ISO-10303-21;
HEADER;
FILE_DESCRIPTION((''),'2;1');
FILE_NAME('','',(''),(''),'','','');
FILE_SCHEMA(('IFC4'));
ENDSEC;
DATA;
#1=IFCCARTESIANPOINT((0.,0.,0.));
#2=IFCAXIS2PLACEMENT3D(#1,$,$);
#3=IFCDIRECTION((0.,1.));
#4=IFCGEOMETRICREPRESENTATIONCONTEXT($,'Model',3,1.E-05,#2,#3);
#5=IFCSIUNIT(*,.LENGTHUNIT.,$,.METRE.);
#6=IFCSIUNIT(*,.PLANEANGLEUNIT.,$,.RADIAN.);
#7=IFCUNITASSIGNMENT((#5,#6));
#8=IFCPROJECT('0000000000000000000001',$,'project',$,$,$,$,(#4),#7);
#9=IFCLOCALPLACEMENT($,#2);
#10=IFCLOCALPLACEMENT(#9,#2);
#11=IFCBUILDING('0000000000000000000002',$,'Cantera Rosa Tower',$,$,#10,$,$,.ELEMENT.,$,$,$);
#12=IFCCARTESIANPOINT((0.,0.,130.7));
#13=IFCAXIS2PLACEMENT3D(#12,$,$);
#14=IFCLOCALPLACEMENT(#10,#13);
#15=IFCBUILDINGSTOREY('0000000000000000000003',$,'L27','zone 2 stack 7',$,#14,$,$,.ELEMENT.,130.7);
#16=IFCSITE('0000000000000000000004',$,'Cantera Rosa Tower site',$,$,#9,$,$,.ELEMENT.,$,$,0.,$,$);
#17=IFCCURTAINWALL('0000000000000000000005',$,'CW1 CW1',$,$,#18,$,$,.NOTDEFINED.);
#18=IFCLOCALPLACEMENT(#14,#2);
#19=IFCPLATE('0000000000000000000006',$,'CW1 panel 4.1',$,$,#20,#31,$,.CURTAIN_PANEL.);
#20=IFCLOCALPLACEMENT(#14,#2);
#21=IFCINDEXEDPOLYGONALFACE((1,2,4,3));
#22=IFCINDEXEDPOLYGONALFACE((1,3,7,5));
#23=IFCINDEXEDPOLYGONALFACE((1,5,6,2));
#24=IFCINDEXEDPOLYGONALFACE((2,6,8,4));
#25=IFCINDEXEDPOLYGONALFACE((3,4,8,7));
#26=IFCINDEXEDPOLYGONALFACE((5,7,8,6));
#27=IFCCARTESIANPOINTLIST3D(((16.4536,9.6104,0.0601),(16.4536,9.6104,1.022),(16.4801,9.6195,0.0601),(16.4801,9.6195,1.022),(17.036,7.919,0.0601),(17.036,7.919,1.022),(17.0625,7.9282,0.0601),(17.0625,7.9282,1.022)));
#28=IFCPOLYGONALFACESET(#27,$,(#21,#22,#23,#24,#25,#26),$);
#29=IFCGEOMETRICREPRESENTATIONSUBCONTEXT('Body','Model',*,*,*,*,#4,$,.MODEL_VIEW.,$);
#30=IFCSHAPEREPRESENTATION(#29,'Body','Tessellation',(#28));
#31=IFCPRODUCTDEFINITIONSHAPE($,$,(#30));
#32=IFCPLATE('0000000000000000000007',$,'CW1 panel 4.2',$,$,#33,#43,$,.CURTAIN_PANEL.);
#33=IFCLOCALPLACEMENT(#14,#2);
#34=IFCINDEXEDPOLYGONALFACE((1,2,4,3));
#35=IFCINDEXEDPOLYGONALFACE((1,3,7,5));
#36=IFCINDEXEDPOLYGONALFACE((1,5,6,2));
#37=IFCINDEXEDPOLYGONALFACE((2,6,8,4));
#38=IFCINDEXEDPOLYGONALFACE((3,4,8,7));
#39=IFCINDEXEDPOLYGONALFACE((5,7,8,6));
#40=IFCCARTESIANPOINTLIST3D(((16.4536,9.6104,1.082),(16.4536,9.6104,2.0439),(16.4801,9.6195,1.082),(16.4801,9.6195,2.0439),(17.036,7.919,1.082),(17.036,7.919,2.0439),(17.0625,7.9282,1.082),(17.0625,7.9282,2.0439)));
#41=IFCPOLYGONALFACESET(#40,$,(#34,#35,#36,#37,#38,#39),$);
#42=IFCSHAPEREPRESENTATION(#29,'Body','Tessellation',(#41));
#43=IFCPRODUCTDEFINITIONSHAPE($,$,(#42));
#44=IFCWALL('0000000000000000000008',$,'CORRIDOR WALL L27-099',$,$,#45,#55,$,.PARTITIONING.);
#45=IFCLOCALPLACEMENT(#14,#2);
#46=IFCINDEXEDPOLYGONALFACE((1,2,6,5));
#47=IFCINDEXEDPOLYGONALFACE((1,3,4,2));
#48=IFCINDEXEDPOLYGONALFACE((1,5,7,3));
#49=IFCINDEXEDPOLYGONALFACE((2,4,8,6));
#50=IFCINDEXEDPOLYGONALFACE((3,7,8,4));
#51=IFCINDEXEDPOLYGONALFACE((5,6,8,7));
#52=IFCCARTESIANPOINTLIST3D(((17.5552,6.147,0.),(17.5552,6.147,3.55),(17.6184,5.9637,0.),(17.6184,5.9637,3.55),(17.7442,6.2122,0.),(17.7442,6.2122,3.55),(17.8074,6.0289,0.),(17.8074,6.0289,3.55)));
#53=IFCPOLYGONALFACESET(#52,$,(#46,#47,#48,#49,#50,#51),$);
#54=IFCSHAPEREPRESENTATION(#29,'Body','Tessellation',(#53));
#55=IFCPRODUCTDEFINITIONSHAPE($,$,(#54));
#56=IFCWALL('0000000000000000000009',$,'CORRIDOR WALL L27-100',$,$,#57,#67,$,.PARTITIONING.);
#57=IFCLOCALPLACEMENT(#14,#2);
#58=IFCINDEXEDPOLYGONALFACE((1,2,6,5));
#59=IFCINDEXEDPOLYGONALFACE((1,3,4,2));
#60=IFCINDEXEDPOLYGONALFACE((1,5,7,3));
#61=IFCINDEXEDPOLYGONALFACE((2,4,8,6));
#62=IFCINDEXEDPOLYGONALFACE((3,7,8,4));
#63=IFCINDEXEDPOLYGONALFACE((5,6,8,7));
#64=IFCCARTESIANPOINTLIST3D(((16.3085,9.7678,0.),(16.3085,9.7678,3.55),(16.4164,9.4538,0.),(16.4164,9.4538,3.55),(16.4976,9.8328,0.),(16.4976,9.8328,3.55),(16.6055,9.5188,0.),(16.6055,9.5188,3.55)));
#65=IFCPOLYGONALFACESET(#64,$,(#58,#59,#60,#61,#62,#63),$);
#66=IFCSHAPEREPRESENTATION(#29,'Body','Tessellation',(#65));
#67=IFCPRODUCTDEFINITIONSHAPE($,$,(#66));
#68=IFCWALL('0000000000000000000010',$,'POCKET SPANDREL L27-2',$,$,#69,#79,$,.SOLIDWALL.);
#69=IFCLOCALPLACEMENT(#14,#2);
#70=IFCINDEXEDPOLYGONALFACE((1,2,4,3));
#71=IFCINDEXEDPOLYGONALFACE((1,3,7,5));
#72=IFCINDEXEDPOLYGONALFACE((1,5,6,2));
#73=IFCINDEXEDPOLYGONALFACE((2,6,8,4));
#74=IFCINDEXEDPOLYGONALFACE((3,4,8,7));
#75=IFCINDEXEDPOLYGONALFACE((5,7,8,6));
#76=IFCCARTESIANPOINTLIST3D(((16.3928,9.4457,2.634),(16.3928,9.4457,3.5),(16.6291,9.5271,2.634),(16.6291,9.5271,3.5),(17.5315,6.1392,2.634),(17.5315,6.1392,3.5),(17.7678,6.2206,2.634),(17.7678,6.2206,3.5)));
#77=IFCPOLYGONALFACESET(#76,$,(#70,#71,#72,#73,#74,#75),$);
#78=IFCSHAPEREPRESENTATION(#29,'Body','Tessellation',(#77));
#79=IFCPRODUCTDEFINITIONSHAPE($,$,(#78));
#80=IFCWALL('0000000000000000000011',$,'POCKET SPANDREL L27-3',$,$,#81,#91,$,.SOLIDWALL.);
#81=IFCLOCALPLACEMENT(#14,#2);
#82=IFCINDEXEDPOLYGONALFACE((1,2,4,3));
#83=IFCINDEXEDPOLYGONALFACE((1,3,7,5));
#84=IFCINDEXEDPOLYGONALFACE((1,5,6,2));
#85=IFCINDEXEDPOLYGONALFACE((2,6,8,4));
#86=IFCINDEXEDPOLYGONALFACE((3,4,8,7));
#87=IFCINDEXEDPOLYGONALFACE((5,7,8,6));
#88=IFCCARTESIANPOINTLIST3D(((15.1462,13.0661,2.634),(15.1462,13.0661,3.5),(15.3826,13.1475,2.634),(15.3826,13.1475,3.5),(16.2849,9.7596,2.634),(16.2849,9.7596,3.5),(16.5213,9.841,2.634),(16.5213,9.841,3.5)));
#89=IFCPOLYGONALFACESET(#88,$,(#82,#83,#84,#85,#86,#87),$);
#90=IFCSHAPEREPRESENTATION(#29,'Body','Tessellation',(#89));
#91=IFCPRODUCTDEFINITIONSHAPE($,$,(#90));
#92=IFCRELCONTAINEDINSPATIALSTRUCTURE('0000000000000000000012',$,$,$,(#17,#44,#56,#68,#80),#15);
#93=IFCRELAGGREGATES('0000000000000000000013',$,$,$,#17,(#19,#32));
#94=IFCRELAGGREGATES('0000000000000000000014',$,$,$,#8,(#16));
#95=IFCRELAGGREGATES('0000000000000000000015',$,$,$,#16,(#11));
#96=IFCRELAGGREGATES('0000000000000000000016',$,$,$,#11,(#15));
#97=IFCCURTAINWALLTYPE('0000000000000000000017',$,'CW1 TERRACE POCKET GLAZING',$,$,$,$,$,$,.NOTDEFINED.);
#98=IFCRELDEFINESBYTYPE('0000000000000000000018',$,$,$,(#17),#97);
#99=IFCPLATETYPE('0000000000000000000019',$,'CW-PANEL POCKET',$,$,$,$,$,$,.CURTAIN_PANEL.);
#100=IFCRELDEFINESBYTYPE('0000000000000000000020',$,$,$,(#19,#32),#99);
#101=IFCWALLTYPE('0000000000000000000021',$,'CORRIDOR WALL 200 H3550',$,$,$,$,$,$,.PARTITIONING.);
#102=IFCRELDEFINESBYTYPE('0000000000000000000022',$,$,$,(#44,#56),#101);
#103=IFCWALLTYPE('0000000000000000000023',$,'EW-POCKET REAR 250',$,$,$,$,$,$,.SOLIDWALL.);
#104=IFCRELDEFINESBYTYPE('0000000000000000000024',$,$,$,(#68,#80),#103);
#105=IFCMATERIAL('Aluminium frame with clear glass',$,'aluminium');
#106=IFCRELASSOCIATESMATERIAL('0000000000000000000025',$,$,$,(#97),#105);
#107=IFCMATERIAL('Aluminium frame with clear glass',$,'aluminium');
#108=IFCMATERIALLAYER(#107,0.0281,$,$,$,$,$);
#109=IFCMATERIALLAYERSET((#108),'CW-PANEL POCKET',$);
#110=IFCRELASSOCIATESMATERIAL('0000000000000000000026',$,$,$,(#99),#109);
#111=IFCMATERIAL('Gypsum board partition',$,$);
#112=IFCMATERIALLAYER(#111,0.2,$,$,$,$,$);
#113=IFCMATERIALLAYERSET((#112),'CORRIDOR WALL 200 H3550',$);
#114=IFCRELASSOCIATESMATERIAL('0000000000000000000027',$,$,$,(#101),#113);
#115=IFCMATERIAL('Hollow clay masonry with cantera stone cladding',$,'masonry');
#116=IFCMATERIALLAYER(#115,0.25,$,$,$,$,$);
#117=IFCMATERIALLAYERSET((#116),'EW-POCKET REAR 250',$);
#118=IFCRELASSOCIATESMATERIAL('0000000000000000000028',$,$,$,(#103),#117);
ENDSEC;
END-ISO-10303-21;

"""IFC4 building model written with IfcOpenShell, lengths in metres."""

from ifc_helpers import new_model, si_unit, direction, frame, frame_2d, origin, origin_2d, place, context, subcontext, project, spatial, rectangle, extrude, material, layer, layer_set, type_object, element, aggregate, save


model = new_model("IFC4")

# Units and contexts
model_context = context("Model", 3, precision=1e-05, world=origin(), true_north=direction((0.0, 1.0)))
body_context = subcontext(model_context, "Body", "Model", "MODEL_VIEW")
ifc_project = project(units=[si_unit("LENGTHUNIT", "METRE"), si_unit("PLANEANGLEUNIT", "RADIAN")], contexts=[model_context])

# Site, building, storey
site_placement = place(None, origin())
site = spatial("IfcSite", under=ifc_project, at=site_placement, Name="Cantera Rosa Tower site", CompositionType="ELEMENT", RefElevation=0.0)
building_placement = place(site_placement, origin())
building = spatial("IfcBuilding", under=site, at=building_placement, Name="Cantera Rosa Tower", CompositionType="ELEMENT")
storey_placement = place(building_placement, frame((0.0, 0.0, 130.7)))
storey = spatial("IfcBuildingStorey", under=building, at=storey_placement, Name="L27", Description="zone 2 stack 7", CompositionType="ELEMENT", Elevation=130.7)

# Curtain wall
ifc_material_1 = material(Name="Aluminium frame with clear glass", Category="aluminium")
curtain_wall_type = type_object("IfcCurtainWallType", Name="CW1 TERRACE POCKET GLAZING", PredefinedType="NOTDEFINED", material=ifc_material_1)
curtain_wall_placement = place(storey_placement, origin())
curtain_wall = element("IfcCurtainWall", 1, at=curtain_wall_placement, inside=storey, type_object=curtain_wall_type, Name="CW1 CW1", PredefinedType="NOTDEFINED")

# Plates
ifc_material_2 = material(Name="Aluminium frame with clear glass", Category="aluminium")
ifc_layer_1 = layer(ifc_material_2, 0.0281)
ifc_layer_set_1 = layer_set([ifc_layer_1], Name="CW-PANEL POCKET")
plate_type = type_object("IfcPlateType", Name="CW-PANEL POCKET", PredefinedType="CURTAIN_PANEL", material=ifc_layer_set_1)
plate_1_placement = place(storey_placement, frame((16.7581, 8.7693, 0.0601), z_axis=(0.0, 0.0, 1.0), x_axis=(-0.325568, 0.945519, 0.0)))
plate_1 = element("IfcPlate", 2, at=plate_1_placement, type_object=plate_type, Name="CW1 panel 4.1", PredefinedType="CURTAIN_PANEL", context=body_context, shape_type="SweptSolid", body=[
    extrude(rectangle(XDim=1.7888, YDim=0.0281, at=origin_2d()), origin(), (0.0, 0.0, 1.0), 0.9619),
])
plate_2_placement = place(storey_placement, frame((16.7581, 8.7693, 1.082), z_axis=(0.0, 0.0, 1.0), x_axis=(-0.325568, 0.945519, 0.0)))
plate_2 = element("IfcPlate", 3, at=plate_2_placement, type_object=plate_type, Name="CW1 panel 4.2", PredefinedType="CURTAIN_PANEL", context=body_context, shape_type="SweptSolid", body=[
    extrude(rectangle(XDim=1.7888, YDim=0.0281, at=origin_2d()), origin(), (0.0, 0.0, 1.0), 0.9619),
])
aggregate(curtain_wall, [plate_1, plate_2])

# Walls
ifc_material_3 = material(Name="Gypsum board partition")
ifc_layer_2 = layer(ifc_material_3, 0.2)
ifc_layer_set_2 = layer_set([ifc_layer_2], Name="CORRIDOR WALL 200 H3550")
wall_type_1 = type_object("IfcWallType", Name="CORRIDOR WALL 200 H3550", PredefinedType="PARTITIONING", material=ifc_layer_set_2)
wall_1_placement = place(storey_placement, frame((17.7129, 5.9963, 0.0), z_axis=(0.0, 0.0, 1.0), x_axis=(-0.326029, 0.94536, 0.0)))
element("IfcWall", 4, at=wall_1_placement, inside=storey, type_object=wall_type_1, Name="CORRIDOR WALL L27-099", PredefinedType="PARTITIONING", context=body_context, shape_type="SweptSolid", body=[
    extrude(rectangle(XDim=0.1938, YDim=0.2, at=frame_2d((0.0969, 0.0))), origin(), (0.0, 0.0, 1.0), 3.55),
])
wall_2_placement = place(storey_placement, frame((16.511, 9.4863, 0.0), z_axis=(0.0, 0.0, 1.0), x_axis=(-0.325039, 0.945701, 0.0)))
element("IfcWall", 5, at=wall_2_placement, inside=storey, type_object=wall_type_1, Name="CORRIDOR WALL L27-100", PredefinedType="PARTITIONING", context=body_context, shape_type="SweptSolid", body=[
    extrude(rectangle(XDim=0.332, YDim=0.2, at=frame_2d((0.166, 0.0))), origin(), (0.0, 0.0, 1.0), 3.55),
])
ifc_material_4 = material(Name="Hollow clay masonry with cantera stone cladding", Category="masonry")
ifc_layer_3 = layer(ifc_material_4, 0.25)
ifc_layer_set_3 = layer_set([ifc_layer_3], Name="EW-POCKET REAR 250")
wall_type_2 = type_object("IfcWallType", Name="EW-POCKET REAR 250", PredefinedType="SOLIDWALL", material=ifc_layer_set_3)
for number, where, z_axis, x_axis, name in (
    (6, (17.6497, 6.1799, 2.634), (0.0, 0.0, 1.0), (-0.325616, 0.945502, 0.0), "POCKET SPANDREL L27-2"),
    (7, (16.4031, 9.8003, 2.634), (0.0, 0.0, 1.0), (-0.325616, 0.945502, 0.0), "POCKET SPANDREL L27-3"),
):
    element("IfcWall", number, at=place(storey_placement, frame(where, z_axis=z_axis, x_axis=x_axis)), inside=storey, type_object=wall_type_2, Name=name, PredefinedType="SOLIDWALL", context=body_context, shape_type="SweptSolid", body=[
        extrude(rectangle(XDim=3.4971, YDim=0.25, at=frame_2d((1.7485, 0.0))), origin(), (0.0, 0.0, 1.0), 0.866),
    ])

save(model, "model.ifc")
